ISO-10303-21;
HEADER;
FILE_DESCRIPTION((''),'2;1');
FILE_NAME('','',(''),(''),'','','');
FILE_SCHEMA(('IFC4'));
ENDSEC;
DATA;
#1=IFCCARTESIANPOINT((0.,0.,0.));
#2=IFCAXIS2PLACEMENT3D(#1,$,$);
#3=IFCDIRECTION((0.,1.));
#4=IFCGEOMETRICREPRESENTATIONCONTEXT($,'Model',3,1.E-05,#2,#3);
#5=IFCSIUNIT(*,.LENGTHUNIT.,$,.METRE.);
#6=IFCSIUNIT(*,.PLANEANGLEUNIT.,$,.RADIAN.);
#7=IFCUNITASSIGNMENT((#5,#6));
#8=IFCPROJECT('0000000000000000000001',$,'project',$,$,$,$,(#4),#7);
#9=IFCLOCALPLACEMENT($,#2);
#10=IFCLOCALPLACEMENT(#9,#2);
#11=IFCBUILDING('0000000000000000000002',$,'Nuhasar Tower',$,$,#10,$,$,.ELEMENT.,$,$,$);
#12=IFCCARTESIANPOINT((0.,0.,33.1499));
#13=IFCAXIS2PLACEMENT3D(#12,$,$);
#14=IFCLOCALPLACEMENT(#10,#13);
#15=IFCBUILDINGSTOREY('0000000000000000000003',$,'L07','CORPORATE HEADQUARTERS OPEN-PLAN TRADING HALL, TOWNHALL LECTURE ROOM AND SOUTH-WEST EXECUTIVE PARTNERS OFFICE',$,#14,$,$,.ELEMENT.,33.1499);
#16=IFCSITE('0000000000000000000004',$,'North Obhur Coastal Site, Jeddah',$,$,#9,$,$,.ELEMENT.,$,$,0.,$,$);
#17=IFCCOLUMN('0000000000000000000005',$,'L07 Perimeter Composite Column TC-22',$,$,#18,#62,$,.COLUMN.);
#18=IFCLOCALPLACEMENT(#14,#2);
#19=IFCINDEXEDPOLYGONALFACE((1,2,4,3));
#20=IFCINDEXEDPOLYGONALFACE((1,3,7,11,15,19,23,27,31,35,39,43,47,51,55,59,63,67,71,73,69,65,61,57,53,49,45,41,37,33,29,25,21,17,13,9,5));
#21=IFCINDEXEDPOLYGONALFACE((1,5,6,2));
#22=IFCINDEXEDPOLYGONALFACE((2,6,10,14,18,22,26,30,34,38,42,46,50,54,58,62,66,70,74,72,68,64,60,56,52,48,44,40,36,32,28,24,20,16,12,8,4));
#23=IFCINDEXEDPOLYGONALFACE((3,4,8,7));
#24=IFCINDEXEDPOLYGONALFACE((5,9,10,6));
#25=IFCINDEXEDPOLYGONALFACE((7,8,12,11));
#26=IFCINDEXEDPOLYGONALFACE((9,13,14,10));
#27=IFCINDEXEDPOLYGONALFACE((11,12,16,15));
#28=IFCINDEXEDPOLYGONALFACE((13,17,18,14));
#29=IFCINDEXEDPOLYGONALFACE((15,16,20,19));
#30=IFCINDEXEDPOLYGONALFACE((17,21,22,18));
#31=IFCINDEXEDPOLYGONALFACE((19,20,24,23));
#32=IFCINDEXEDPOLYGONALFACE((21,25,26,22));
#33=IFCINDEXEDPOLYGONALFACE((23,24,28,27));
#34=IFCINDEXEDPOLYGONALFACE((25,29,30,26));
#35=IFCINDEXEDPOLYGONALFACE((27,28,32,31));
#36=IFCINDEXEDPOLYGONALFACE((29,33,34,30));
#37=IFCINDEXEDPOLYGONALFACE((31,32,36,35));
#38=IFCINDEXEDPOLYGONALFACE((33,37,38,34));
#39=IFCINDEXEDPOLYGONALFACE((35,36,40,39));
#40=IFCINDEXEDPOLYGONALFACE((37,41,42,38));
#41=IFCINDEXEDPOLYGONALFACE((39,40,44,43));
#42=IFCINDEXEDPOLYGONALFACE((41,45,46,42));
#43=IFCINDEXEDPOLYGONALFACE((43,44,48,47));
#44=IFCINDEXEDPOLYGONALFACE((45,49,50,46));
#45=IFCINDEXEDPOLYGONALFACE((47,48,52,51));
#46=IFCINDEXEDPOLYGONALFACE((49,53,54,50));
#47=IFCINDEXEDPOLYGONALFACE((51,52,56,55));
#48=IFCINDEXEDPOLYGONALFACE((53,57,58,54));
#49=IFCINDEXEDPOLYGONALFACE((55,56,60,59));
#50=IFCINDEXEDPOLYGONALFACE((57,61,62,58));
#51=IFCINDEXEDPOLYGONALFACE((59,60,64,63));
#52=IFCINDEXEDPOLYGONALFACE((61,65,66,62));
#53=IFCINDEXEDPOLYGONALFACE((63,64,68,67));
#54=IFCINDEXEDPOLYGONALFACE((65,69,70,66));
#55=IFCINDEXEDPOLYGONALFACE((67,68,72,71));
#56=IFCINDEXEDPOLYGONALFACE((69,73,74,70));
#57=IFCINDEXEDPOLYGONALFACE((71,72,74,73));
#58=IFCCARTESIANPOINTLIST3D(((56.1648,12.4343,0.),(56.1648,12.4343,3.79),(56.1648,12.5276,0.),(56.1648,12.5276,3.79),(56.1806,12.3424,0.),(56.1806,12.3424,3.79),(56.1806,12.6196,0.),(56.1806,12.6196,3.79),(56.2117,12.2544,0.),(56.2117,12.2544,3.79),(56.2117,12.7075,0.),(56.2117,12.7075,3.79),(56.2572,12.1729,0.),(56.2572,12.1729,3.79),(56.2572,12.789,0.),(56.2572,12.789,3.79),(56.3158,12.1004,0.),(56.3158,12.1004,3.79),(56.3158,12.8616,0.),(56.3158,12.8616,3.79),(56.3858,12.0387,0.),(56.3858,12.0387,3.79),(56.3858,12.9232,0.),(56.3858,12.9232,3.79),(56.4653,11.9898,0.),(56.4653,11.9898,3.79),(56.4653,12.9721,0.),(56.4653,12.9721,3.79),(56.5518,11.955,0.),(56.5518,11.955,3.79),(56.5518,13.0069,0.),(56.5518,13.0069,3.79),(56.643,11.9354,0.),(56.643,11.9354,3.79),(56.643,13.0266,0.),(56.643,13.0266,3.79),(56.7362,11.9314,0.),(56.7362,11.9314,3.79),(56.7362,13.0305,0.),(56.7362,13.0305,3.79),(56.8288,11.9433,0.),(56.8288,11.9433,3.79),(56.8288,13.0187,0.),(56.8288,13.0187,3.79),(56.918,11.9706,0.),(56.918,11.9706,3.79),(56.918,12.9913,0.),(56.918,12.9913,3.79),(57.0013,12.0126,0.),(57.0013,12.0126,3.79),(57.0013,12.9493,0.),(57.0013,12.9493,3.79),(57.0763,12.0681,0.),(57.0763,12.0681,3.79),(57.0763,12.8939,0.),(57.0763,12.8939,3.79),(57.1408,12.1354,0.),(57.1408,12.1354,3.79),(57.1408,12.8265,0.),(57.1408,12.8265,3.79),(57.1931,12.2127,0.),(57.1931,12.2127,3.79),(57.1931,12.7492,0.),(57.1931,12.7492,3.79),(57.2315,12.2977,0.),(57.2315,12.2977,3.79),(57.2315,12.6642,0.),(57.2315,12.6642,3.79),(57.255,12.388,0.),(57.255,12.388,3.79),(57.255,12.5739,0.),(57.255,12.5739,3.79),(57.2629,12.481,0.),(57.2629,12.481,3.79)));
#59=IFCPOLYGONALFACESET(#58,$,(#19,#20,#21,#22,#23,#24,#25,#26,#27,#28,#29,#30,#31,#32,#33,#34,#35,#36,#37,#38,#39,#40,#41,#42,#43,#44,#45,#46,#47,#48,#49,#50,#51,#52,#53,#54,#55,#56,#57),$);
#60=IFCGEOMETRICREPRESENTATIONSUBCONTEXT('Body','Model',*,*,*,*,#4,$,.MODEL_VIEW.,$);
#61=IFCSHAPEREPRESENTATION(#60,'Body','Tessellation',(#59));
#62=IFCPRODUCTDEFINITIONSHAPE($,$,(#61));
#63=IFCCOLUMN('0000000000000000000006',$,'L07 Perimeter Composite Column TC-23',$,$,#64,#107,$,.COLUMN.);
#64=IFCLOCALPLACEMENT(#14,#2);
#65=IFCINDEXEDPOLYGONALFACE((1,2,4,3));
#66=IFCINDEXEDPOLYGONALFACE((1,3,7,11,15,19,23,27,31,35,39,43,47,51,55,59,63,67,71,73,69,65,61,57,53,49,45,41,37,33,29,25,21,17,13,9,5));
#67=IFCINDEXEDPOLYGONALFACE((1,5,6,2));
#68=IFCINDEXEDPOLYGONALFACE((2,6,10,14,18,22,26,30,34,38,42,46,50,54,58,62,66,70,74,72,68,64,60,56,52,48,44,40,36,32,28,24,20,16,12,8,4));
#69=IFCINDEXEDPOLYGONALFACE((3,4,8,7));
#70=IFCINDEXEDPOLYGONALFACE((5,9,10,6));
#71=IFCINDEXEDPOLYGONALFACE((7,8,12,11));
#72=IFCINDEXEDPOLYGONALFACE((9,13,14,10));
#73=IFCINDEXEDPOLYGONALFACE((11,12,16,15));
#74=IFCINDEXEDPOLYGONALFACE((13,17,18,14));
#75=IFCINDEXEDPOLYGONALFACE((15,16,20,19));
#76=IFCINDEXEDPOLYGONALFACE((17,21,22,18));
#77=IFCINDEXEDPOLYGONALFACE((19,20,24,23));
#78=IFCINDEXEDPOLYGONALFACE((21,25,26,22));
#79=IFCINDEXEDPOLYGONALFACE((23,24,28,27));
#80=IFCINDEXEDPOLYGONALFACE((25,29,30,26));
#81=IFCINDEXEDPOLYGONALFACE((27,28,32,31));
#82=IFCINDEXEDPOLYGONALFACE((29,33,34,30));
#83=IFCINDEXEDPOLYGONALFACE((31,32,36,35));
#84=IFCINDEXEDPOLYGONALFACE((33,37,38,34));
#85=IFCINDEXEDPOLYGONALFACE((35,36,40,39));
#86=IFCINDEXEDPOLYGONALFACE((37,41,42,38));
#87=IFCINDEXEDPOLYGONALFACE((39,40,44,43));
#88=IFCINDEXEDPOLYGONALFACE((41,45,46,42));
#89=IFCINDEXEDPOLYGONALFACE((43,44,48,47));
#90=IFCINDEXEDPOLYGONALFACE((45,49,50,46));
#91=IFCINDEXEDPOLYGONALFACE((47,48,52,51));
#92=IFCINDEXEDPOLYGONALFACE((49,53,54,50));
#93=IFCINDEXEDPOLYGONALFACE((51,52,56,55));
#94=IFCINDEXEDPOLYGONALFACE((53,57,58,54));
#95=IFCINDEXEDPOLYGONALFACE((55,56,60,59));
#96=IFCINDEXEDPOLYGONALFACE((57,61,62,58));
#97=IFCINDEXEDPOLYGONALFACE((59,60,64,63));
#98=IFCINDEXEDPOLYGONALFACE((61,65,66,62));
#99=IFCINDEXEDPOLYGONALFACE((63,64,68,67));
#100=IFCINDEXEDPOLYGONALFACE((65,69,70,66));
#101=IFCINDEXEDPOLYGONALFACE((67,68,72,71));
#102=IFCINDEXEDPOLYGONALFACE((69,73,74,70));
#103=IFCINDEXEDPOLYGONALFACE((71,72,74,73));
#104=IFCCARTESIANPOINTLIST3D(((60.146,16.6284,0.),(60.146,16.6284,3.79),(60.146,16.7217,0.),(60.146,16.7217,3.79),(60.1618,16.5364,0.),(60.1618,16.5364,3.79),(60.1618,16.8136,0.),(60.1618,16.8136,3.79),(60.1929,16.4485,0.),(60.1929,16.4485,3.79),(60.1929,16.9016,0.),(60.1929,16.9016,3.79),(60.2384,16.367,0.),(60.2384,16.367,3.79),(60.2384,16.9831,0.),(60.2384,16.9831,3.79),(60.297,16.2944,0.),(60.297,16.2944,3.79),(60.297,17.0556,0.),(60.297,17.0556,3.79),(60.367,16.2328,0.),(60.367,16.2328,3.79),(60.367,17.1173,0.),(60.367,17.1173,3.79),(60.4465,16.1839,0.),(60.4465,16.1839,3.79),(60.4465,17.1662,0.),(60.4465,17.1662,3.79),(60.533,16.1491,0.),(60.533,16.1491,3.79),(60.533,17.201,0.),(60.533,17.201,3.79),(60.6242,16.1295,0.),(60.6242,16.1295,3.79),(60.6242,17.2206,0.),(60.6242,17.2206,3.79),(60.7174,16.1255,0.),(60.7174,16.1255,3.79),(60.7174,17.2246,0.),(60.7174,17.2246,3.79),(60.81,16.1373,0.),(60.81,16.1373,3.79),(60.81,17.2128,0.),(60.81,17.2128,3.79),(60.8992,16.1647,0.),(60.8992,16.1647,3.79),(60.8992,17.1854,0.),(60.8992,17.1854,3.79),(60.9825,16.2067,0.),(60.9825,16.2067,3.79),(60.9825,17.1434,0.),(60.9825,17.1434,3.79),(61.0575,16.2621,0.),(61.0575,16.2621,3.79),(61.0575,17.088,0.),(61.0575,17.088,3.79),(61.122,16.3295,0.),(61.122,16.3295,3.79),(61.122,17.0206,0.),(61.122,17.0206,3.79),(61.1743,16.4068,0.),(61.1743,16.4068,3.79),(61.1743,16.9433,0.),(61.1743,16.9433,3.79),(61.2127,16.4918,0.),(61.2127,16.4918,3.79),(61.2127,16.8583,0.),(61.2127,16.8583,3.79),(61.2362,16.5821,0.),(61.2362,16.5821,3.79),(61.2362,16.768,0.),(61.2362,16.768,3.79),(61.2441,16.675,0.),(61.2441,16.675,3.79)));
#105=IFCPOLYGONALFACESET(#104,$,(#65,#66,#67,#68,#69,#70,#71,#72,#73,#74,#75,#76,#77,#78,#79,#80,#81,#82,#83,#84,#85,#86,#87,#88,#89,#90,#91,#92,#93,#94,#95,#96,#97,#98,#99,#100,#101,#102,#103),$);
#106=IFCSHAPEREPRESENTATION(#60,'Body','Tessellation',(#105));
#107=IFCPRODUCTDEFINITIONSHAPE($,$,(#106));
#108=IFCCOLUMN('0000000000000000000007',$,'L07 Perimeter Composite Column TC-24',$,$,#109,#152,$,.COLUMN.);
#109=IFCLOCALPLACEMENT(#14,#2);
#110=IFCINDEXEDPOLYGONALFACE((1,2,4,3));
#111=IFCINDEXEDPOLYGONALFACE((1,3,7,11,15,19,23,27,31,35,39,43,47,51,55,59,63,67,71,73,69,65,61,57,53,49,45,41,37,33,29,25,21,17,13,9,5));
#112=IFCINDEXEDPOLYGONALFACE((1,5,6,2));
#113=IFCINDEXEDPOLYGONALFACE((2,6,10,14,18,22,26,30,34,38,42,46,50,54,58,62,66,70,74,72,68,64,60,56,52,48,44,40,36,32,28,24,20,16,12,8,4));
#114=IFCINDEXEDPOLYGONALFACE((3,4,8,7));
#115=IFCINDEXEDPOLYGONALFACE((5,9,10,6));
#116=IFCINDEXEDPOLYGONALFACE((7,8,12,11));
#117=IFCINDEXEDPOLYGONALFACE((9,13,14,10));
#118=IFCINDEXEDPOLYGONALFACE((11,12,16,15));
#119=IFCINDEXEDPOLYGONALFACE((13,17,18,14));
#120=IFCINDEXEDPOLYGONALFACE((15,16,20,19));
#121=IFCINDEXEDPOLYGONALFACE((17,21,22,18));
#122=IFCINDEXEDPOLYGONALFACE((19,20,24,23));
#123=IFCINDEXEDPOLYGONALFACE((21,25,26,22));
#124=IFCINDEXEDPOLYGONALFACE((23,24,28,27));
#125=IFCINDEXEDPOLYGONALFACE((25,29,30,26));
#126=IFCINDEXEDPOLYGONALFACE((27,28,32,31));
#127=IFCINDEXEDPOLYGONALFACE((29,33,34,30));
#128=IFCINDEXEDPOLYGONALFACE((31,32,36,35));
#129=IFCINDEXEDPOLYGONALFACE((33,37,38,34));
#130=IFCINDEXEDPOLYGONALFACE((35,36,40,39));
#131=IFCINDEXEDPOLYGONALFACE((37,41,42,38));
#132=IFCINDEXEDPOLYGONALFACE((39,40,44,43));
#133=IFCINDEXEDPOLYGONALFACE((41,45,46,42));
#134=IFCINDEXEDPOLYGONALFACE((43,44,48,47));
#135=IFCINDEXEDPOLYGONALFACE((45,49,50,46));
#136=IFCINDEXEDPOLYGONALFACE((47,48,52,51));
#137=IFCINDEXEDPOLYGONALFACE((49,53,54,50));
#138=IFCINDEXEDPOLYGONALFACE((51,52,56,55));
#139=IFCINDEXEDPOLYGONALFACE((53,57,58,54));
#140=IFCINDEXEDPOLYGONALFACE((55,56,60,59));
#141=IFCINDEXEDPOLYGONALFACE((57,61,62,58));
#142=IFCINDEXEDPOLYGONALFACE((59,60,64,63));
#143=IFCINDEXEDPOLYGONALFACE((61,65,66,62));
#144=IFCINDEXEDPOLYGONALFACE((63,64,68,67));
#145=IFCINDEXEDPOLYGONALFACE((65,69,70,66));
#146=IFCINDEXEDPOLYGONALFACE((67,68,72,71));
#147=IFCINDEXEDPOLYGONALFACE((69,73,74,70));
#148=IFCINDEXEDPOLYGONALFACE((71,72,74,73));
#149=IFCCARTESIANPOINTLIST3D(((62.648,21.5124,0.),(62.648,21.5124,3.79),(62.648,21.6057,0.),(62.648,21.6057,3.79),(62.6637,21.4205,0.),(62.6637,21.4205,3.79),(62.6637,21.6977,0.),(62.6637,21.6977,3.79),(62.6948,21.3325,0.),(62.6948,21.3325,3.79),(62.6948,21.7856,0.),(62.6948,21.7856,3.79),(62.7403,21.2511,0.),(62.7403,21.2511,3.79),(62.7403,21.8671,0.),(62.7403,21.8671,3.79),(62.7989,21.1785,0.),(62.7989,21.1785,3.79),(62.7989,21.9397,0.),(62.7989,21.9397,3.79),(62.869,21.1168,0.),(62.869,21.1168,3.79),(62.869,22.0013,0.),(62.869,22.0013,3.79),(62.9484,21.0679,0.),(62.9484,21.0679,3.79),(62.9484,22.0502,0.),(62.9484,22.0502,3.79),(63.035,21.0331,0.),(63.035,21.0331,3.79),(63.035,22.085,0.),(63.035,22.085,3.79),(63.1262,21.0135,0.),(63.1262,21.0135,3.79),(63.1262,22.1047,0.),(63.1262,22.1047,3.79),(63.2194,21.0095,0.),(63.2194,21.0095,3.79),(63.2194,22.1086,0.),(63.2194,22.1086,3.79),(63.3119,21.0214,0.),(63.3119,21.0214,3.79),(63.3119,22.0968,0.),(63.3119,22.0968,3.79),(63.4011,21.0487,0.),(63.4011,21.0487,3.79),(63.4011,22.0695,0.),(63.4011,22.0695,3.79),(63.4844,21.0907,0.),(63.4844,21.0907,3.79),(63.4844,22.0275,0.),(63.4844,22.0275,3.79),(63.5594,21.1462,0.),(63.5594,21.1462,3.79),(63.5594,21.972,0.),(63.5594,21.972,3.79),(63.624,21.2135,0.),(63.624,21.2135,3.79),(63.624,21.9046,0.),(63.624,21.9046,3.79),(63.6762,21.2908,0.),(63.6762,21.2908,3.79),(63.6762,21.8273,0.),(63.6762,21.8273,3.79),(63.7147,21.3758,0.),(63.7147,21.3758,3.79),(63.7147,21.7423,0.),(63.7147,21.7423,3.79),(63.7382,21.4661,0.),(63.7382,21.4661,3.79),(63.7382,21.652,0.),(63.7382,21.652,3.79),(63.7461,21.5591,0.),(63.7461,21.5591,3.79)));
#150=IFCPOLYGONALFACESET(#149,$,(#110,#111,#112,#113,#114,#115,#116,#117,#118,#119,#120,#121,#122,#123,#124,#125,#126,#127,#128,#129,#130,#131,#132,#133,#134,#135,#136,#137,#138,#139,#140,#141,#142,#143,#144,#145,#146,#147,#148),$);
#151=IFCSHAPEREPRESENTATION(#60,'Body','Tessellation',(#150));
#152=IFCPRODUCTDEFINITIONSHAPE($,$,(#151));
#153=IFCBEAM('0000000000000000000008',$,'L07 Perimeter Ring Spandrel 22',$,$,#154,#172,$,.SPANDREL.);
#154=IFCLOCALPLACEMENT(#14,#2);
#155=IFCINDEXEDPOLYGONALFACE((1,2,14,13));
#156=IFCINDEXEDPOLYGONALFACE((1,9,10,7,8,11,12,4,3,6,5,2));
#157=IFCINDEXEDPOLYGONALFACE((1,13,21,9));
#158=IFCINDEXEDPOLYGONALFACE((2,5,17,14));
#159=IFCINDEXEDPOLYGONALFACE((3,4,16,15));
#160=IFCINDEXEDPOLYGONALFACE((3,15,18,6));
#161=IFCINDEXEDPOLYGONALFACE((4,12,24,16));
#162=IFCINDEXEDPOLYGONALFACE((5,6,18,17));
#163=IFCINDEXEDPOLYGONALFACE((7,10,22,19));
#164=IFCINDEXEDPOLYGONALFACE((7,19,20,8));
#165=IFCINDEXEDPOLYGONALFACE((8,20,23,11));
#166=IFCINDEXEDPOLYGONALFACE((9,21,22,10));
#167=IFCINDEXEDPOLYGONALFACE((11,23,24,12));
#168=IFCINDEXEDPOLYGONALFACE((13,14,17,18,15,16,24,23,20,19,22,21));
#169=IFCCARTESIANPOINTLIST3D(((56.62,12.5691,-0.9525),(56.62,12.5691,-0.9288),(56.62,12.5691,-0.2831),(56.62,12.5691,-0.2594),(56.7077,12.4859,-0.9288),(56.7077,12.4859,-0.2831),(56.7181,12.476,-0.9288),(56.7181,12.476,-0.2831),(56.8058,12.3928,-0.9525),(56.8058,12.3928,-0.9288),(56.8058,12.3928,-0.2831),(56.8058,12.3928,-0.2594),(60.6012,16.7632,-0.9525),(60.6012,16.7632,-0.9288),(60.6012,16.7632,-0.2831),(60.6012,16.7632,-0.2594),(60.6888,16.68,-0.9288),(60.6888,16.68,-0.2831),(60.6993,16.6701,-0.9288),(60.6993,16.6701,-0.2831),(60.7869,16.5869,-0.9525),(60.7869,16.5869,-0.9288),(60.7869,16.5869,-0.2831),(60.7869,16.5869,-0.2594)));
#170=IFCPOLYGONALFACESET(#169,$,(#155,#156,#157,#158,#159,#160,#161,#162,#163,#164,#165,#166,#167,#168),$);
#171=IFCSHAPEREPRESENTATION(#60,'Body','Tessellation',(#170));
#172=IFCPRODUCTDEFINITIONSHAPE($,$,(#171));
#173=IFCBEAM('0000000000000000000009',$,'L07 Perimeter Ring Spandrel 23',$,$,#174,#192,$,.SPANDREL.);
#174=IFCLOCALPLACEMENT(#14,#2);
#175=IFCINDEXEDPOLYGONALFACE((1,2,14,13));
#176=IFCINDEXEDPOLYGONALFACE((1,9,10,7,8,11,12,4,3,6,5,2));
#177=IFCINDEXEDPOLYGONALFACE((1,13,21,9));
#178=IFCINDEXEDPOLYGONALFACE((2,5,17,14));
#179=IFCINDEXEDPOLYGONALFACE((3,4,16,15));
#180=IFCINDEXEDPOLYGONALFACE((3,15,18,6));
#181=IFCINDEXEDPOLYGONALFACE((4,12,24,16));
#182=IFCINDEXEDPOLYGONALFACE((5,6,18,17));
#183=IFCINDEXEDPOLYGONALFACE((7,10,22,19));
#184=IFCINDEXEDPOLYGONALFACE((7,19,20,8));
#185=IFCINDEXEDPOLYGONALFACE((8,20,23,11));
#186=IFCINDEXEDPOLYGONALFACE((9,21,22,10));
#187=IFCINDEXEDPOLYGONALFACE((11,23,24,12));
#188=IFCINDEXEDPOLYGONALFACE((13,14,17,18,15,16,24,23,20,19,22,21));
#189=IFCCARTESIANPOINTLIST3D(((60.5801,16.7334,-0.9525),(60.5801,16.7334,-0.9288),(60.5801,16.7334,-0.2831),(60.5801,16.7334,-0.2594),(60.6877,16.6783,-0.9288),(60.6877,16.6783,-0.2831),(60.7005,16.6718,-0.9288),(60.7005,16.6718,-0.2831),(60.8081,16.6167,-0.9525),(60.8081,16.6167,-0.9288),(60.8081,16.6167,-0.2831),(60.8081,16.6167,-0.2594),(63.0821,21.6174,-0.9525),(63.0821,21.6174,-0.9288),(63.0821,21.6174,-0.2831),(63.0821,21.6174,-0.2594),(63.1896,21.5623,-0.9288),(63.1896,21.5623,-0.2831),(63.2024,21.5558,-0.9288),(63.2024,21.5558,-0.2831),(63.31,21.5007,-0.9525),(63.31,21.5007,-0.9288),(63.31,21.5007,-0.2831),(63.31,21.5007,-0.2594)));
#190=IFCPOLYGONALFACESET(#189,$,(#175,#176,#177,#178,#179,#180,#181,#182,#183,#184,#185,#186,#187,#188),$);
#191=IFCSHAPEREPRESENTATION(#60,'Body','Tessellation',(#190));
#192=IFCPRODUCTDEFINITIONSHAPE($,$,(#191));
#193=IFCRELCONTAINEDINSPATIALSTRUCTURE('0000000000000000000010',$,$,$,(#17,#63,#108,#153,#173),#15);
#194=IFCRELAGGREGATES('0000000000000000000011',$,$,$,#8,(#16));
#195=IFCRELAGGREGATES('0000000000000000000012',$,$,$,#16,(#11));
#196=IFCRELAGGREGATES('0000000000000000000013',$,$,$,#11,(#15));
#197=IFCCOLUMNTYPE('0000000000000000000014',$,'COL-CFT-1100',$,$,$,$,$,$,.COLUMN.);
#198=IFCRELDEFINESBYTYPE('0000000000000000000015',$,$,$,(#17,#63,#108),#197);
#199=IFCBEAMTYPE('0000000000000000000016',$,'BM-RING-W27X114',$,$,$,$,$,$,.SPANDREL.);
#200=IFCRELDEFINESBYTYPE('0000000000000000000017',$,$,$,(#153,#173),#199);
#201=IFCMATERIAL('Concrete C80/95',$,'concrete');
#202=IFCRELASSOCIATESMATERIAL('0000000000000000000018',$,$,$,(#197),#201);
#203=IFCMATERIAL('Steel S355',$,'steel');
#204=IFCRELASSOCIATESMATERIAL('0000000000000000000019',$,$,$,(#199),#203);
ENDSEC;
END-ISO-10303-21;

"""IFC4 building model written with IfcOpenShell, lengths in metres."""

from ifc_helpers import new_model, si_unit, direction, frame, origin, origin_2d, place, context, subcontext, project, spatial, circle, i_section, extrude, material, material_profile, profile_set, type_object, element, save


model = new_model("IFC4")

# Units and contexts
model_context = context("Model", 3, precision=1e-05, world=origin(), true_north=direction((0.0, 1.0)))
body_context = subcontext(model_context, "Body", "Model", "MODEL_VIEW")
ifc_project = project(units=[si_unit("LENGTHUNIT", "METRE"), si_unit("PLANEANGLEUNIT", "RADIAN")], contexts=[model_context])

# Site, building, storey
site_placement = place(None, origin())
site = spatial("IfcSite", under=ifc_project, at=site_placement, Name="North Obhur Coastal Site, Jeddah", CompositionType="ELEMENT", RefElevation=0.0)
building_placement = place(site_placement, origin())
building = spatial("IfcBuilding", under=site, at=building_placement, Name="Nuhasar Tower", CompositionType="ELEMENT")
storey_placement = place(building_placement, frame((0.0, 0.0, 33.1499)))
storey = spatial("IfcBuildingStorey", under=building, at=storey_placement, Name="L07", Description="CORPORATE HEADQUARTERS OPEN-PLAN TRADING HALL, TOWNHALL LECTURE ROOM AND SOUTH-WEST EXECUTIVE PARTNERS OFFICE", CompositionType="ELEMENT", Elevation=33.1499)

# Columns
ifc_material_1 = material(Name="Concrete C80/95", Category="concrete")
ifc_material_profile_1 = material_profile(ifc_material_1, circle(Radius=0.55, at=origin_2d()), Name="CFT1100")
ifc_profile_set_1 = profile_set([ifc_material_profile_1], Name="Concrete C80/95")
column_type = type_object("IfcColumnType", Name="COL-CFT-1100", PredefinedType="COLUMN", material=ifc_profile_set_1)
for number, where, z_axis, x_axis, name in (
    (1, (56.7129, 12.481, 0.0), (0.0, 0.0, 1.0), (1.0, 0.0, 0.0), "L07 Perimeter Composite Column TC-22"),
    (2, (60.6941, 16.675, 0.0), (0.0, 0.0, 1.0), (1.0, 0.0, 0.0), "L07 Perimeter Composite Column TC-23"),
    (3, (63.196, 21.5591, 0.0), (0.0, 0.0, 1.0), (1.0, 0.0, 0.0), "L07 Perimeter Composite Column TC-24"),
):
    element("IfcColumn", number, at=place(storey_placement, frame(where, z_axis=z_axis, x_axis=x_axis)), inside=storey, type_object=column_type, Name=name, PredefinedType="COLUMN", context=body_context, shape_type="SweptSolid", body=[
        extrude(circle(Radius=0.55, at=origin_2d()), origin(), (0.0, 0.0, 1.0), 3.79),
    ])

# Beams
ifc_material_2 = material(Name="Steel S355", Category="steel")
ifc_material_profile_2 = material_profile(ifc_material_2, i_section(OverallWidth=0.2561, OverallDepth=0.6931, WebThickness=0.0144, FlangeThickness=0.0237, at=origin_2d()), Name="W27X114")
ifc_profile_set_2 = profile_set([ifc_material_profile_2], Name="Steel S355")
beam_type_1 = type_object("IfcBeamType", Name="BM-RING-W27X114", PredefinedType="SPANDREL", material=ifc_profile_set_2)
beam_1_placement = place(storey_placement, frame((56.7129, 12.481, -0.606), z_axis=(0.68846, 0.725274, 0.0), x_axis=(-0.725274, 0.68846, 0.0)))
element("IfcBeam", 4, at=beam_1_placement, inside=storey, type_object=beam_type_1, Name="L07 Perimeter Ring Spandrel 22", PredefinedType="SPANDREL", context=body_context, shape_type="SweptSolid", body=[
    extrude(i_section(OverallWidth=0.2561, OverallDepth=0.6931, WebThickness=0.0144, FlangeThickness=0.0237, at=origin_2d()), origin(), (0.0, 0.0, 1.0), 5.7827),
])
beam_2_placement = place(storey_placement, frame((60.6941, 16.675, -0.606), z_axis=(0.45593, 0.890016, 0.0), x_axis=(-0.890016, 0.45593, 0.0)))
element("IfcBeam", 5, at=beam_2_placement, inside=storey, type_object=beam_type_1, Name="L07 Perimeter Ring Spandrel 23", PredefinedType="SPANDREL", context=body_context, shape_type="SweptSolid", body=[
    extrude(i_section(OverallWidth=0.2561, OverallDepth=0.6931, WebThickness=0.0144, FlangeThickness=0.0237, at=origin_2d()), origin(), (0.0, 0.0, 1.0), 5.4875),
])

save(model, "model.ifc")
